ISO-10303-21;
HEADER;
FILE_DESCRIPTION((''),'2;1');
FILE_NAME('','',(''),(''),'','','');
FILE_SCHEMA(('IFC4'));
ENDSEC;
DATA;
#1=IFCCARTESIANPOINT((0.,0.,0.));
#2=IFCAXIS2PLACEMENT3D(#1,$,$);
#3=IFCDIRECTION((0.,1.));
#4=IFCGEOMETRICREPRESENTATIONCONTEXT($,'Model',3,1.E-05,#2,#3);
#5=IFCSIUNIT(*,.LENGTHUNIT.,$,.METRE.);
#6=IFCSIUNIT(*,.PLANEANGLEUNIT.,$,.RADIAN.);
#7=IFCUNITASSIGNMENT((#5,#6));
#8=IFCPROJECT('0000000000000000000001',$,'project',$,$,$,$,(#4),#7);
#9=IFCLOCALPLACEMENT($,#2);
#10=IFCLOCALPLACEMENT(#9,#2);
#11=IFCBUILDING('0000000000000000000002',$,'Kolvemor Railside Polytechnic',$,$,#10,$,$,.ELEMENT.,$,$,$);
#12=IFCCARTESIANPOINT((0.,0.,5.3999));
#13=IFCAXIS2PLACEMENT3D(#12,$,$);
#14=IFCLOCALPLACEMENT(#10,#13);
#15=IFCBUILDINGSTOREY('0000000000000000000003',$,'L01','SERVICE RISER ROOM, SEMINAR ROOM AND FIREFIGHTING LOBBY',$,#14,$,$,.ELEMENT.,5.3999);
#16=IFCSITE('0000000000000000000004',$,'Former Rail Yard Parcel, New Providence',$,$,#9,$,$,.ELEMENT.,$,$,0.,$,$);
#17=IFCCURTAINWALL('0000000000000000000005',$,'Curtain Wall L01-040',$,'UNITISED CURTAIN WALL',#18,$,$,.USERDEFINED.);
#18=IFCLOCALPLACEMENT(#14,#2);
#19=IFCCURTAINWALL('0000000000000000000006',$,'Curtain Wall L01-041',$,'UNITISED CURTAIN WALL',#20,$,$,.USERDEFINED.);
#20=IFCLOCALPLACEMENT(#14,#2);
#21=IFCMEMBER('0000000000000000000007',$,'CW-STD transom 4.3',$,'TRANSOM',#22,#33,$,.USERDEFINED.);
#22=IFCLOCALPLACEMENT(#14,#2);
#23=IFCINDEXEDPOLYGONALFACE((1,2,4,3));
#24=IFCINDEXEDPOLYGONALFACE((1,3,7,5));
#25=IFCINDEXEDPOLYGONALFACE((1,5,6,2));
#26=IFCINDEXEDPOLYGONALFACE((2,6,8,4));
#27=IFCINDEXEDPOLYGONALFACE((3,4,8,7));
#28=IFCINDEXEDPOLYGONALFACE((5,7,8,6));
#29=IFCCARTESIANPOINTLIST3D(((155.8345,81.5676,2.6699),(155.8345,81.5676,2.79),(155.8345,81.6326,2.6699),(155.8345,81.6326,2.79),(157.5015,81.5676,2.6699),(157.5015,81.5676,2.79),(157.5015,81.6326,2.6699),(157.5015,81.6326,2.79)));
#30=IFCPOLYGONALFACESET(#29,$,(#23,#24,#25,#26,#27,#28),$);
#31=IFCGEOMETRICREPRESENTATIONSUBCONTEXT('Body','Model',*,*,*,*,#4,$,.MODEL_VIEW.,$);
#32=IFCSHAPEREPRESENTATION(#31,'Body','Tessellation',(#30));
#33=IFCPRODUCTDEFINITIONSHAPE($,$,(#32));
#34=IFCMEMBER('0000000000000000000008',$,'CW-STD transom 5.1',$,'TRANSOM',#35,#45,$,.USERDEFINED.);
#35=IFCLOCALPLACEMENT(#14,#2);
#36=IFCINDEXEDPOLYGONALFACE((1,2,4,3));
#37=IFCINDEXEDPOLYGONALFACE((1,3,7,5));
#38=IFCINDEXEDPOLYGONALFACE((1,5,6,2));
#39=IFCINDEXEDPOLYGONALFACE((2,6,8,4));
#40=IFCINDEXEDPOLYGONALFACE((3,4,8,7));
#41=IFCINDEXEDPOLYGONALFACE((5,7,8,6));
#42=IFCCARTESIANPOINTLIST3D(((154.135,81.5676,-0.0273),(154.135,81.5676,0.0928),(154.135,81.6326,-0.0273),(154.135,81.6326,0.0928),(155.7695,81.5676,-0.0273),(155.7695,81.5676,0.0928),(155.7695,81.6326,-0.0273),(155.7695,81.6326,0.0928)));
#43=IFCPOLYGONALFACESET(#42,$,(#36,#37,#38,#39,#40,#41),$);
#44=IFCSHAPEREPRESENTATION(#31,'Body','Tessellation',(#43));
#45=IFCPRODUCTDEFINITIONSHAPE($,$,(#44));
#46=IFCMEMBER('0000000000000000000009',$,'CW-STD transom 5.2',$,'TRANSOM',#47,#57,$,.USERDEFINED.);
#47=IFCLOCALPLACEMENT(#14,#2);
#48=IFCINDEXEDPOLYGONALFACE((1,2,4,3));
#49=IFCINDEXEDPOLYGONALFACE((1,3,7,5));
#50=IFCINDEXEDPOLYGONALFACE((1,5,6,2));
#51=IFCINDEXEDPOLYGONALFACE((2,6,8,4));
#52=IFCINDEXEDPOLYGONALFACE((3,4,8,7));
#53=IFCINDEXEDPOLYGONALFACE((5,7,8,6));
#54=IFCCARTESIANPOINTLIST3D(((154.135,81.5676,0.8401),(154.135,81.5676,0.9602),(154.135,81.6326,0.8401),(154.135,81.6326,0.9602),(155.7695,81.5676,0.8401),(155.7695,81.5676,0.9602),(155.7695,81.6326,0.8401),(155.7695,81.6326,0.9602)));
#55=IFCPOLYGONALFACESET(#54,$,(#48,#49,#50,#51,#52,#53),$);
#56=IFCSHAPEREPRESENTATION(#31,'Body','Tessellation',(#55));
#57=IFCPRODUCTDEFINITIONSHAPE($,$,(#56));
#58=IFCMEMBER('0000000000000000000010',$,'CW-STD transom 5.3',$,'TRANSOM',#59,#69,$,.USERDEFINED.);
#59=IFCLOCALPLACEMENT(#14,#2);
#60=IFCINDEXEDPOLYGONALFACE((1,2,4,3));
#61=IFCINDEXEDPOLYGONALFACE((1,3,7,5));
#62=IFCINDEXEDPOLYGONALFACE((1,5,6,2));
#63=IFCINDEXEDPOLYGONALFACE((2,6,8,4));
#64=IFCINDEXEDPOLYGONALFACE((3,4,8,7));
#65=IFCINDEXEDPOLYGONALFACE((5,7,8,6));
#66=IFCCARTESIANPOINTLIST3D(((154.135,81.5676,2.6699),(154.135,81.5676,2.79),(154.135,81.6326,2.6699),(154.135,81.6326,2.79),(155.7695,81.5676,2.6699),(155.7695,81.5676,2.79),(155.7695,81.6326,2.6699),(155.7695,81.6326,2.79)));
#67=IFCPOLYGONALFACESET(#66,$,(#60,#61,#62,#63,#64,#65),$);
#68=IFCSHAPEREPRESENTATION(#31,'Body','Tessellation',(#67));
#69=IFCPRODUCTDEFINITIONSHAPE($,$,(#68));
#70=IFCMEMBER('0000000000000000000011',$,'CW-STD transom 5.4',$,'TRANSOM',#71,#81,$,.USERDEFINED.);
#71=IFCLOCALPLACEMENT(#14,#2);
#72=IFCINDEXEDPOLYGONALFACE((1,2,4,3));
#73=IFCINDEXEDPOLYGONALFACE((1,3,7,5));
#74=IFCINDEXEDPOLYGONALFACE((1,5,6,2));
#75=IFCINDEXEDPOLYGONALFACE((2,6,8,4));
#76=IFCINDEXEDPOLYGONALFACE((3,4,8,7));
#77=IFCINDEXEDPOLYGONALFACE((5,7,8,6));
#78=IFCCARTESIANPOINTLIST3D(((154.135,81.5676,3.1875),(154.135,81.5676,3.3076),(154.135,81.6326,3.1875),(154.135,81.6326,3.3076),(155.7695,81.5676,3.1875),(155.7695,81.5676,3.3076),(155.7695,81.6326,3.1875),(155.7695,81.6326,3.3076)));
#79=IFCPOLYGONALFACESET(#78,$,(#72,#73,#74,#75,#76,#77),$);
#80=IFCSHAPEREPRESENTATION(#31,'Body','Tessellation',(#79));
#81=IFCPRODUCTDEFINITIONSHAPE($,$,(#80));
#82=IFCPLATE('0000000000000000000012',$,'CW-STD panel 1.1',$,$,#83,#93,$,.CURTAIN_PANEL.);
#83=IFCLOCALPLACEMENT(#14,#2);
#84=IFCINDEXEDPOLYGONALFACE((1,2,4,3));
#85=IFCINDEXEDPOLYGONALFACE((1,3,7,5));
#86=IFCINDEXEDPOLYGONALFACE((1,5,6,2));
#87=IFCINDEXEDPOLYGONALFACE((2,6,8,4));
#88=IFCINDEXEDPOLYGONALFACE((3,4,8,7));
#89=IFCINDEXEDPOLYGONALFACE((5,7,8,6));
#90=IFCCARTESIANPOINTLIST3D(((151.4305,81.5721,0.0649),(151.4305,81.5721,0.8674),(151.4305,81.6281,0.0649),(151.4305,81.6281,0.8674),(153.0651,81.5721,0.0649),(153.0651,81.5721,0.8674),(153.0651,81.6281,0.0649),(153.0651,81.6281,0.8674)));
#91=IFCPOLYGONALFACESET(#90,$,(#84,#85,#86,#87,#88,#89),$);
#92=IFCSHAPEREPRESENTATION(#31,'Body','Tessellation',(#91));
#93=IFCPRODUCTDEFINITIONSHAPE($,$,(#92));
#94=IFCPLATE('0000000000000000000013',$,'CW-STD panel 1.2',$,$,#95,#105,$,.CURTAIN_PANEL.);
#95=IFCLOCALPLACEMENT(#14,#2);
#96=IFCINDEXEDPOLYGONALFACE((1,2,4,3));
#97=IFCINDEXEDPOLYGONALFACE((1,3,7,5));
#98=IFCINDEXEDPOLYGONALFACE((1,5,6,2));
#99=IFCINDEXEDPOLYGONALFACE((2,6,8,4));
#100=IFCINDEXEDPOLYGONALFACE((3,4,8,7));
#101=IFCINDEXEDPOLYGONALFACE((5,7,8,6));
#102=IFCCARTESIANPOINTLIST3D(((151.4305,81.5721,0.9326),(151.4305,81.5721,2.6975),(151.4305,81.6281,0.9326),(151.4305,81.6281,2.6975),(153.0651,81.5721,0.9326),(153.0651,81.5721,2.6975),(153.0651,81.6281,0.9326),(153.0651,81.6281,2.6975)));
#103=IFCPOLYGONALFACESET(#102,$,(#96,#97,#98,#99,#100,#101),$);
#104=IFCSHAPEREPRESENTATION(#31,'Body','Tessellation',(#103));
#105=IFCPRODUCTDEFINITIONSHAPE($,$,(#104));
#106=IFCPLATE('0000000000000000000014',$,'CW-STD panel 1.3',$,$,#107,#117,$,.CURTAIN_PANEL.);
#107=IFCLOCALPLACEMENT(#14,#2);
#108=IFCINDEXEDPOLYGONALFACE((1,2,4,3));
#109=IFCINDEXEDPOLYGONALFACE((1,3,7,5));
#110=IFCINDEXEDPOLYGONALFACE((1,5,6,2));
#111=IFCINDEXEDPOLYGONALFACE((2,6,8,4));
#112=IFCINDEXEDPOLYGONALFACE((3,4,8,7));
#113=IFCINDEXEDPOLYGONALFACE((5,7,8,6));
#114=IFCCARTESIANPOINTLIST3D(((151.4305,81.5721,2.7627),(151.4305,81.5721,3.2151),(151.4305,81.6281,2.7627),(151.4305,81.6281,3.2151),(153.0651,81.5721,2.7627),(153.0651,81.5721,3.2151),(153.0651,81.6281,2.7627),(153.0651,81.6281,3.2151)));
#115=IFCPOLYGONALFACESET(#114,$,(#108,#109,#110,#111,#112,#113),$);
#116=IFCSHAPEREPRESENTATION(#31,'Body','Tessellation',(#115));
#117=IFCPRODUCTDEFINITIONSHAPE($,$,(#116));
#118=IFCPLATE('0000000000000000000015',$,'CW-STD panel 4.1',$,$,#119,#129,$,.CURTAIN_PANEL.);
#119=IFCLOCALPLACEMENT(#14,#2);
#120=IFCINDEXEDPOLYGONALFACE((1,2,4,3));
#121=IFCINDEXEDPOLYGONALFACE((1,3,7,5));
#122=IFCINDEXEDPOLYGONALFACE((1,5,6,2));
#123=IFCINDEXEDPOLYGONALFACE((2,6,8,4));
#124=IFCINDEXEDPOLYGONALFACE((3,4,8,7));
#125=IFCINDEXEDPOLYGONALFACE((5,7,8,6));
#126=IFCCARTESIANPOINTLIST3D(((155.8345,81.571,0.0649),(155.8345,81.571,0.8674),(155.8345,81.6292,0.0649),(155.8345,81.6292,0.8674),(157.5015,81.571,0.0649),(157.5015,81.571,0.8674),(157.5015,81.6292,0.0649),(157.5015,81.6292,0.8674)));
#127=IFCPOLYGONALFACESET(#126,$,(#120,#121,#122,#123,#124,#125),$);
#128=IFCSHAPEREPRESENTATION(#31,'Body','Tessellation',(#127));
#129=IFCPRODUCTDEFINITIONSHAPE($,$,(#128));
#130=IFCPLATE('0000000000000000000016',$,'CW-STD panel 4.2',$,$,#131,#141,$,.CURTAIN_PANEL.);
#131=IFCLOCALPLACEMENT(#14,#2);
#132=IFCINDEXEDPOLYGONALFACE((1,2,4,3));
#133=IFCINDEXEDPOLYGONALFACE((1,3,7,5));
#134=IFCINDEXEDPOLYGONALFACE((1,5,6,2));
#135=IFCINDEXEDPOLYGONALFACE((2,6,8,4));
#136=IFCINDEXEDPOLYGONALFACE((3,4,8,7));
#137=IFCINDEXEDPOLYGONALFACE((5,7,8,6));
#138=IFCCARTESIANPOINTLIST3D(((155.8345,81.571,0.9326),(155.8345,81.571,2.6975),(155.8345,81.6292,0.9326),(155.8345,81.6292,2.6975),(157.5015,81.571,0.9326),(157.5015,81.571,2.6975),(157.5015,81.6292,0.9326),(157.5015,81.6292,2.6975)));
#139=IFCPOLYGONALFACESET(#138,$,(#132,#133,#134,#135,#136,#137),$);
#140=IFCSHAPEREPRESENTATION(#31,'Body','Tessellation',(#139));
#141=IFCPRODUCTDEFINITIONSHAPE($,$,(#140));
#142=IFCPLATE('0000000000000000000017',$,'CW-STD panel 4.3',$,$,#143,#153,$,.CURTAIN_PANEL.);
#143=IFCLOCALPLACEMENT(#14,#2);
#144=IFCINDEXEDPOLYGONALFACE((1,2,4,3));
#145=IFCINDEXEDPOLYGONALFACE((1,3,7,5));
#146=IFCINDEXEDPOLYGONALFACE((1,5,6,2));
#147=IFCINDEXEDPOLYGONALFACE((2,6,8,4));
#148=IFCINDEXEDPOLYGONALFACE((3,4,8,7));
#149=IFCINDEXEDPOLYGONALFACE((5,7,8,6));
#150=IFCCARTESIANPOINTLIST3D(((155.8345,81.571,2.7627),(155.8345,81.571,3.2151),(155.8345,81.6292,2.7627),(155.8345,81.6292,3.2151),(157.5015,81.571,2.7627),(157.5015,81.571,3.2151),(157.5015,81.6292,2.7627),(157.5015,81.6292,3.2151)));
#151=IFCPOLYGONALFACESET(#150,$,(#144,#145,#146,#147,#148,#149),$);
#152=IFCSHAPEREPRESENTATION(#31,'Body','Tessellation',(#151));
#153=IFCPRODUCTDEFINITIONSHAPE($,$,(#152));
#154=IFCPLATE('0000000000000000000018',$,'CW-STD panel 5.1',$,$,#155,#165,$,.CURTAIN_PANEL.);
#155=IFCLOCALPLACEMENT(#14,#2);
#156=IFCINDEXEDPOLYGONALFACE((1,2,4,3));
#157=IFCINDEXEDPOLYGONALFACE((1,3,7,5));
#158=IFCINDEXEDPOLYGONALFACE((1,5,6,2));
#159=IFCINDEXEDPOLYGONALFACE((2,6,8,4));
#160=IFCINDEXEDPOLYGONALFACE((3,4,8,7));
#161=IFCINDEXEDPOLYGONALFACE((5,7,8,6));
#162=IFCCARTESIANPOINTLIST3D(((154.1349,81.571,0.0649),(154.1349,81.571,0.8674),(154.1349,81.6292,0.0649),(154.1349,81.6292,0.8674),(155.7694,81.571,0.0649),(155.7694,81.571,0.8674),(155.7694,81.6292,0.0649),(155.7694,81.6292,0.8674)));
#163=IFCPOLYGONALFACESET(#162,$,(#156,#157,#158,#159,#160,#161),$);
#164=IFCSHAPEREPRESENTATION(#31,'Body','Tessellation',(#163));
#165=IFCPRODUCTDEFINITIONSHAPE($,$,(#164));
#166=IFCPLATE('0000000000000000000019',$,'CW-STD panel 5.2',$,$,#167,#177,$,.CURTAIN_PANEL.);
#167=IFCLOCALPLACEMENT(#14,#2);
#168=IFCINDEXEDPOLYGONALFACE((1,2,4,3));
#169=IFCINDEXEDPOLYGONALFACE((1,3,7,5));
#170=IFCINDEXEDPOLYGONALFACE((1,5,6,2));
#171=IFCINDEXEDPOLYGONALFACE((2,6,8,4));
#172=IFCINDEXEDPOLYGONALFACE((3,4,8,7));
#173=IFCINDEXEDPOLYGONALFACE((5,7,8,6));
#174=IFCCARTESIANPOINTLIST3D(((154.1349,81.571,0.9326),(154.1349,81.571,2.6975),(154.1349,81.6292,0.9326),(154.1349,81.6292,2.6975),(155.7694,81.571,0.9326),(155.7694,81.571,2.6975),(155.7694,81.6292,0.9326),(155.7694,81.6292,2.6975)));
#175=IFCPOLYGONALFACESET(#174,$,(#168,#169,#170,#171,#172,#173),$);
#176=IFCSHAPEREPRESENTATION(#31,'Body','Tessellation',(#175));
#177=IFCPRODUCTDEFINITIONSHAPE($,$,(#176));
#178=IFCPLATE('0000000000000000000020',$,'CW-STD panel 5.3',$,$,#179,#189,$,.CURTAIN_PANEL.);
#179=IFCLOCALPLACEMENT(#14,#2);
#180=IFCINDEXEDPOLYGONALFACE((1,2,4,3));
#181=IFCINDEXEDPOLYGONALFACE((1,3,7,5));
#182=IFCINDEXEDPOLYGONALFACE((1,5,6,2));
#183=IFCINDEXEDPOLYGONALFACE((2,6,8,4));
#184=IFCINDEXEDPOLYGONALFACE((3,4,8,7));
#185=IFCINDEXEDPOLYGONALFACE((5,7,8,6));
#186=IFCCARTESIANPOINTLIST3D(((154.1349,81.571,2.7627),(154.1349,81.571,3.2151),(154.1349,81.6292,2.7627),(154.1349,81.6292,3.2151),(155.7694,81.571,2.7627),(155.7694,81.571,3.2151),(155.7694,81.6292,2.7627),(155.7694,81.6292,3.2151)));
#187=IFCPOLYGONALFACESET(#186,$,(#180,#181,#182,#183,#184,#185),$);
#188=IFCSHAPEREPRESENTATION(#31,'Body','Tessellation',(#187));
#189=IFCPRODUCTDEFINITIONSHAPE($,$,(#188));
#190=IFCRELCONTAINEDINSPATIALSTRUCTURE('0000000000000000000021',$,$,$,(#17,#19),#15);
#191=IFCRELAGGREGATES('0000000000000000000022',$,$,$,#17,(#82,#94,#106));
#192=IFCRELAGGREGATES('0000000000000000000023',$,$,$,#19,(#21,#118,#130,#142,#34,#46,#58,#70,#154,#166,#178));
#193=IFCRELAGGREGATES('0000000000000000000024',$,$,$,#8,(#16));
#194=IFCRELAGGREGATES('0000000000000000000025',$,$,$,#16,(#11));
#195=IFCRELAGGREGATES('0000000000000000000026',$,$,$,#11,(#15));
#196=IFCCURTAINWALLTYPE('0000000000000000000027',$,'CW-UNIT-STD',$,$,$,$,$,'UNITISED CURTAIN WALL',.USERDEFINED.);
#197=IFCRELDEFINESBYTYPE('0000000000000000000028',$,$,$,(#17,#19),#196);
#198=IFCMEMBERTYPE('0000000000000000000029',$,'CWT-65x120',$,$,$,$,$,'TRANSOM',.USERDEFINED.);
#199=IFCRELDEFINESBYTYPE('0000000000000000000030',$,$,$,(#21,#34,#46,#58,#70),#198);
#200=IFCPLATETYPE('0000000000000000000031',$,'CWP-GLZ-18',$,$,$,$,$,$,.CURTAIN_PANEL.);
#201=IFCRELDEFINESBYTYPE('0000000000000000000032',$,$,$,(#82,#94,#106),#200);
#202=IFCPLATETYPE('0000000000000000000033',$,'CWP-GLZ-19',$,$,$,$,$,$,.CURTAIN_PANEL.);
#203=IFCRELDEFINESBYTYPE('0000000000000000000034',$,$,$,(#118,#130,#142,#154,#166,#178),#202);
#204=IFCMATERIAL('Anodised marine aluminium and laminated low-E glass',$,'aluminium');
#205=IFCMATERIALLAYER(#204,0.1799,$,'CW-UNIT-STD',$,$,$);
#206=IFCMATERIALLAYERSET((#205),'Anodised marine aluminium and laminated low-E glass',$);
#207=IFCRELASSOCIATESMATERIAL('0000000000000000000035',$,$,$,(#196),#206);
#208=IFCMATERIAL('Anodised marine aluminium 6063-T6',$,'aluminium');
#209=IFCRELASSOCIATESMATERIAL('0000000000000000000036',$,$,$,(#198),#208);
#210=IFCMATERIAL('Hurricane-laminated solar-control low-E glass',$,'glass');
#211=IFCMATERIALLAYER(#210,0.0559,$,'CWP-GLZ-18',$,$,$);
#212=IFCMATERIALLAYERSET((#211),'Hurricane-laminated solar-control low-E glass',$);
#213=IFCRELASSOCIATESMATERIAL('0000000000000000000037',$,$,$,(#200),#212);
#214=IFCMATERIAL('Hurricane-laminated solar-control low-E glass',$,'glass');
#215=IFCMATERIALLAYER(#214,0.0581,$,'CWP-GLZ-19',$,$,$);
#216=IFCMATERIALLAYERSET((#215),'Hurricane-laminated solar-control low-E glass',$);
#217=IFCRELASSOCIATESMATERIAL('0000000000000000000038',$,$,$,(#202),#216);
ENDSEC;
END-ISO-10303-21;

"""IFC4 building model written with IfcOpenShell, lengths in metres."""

from ifc_helpers import new_model, si_unit, direction, frame, origin, origin_2d, place, context, subcontext, project, spatial, rectangle, extrude, material, layer, layer_set, material_profile, profile_set, type_object, element, aggregate, save


model = new_model("IFC4")

# Units and contexts
model_context = context("Model", 3, precision=1e-05, world=origin(), true_north=direction((0.0, 1.0)))
body_context = subcontext(model_context, "Body", "Model", "MODEL_VIEW")
ifc_project = project(units=[si_unit("LENGTHUNIT", "METRE"), si_unit("PLANEANGLEUNIT", "RADIAN")], contexts=[model_context])

# Site, building, storey
site_placement = place(None, origin())
site = spatial("IfcSite", under=ifc_project, at=site_placement, Name="Former Rail Yard Parcel, New Providence", CompositionType="ELEMENT", RefElevation=0.0)
building_placement = place(site_placement, origin())
building = spatial("IfcBuilding", under=site, at=building_placement, Name="Kolvemor Railside Polytechnic", CompositionType="ELEMENT")
storey_placement = place(building_placement, frame((0.0, 0.0, 5.3999)))
storey = spatial("IfcBuildingStorey", under=building, at=storey_placement, Name="L01", Description="SERVICE RISER ROOM, SEMINAR ROOM AND FIREFIGHTING LOBBY", CompositionType="ELEMENT", Elevation=5.3999)

# Curtain walls
ifc_material_1 = material(Name="Anodised marine aluminium and laminated low-E glass", Category="aluminium")
ifc_layer_1 = layer(ifc_material_1, 0.1799, Name="CW-UNIT-STD")
ifc_layer_set_1 = layer_set([ifc_layer_1], Name="Anodised marine aluminium and laminated low-E glass")
curtain_wall_type = type_object("IfcCurtainWallType", Name="CW-UNIT-STD", ElementType="UNITISED CURTAIN WALL", PredefinedType="USERDEFINED", material=ifc_layer_set_1)
curtain_wall_1_placement = place(storey_placement, origin())
curtain_wall_1 = element("IfcCurtainWall", 1, at=curtain_wall_1_placement, inside=storey, type_object=curtain_wall_type, Name="Curtain Wall L01-040", ObjectType="UNITISED CURTAIN WALL", PredefinedType="USERDEFINED")
curtain_wall_2_placement = place(storey_placement, origin())
curtain_wall_2 = element("IfcCurtainWall", 2, at=curtain_wall_2_placement, inside=storey, type_object=curtain_wall_type, Name="Curtain Wall L01-041", ObjectType="UNITISED CURTAIN WALL", PredefinedType="USERDEFINED")

# Members
ifc_material_2 = material(Name="Anodised marine aluminium 6063-T6", Category="aluminium")
ifc_material_profile_1 = material_profile(ifc_material_2, rectangle(XDim=0.0649, YDim=0.1201, at=origin_2d()), Name="CW-TRN-65x120")
ifc_profile_set_1 = profile_set([ifc_material_profile_1], Name="Anodised marine aluminium 6063-T6")
member_type_1 = type_object("IfcMemberType", Name="CWT-65x120", ElementType="TRANSOM", PredefinedType="USERDEFINED", material=ifc_profile_set_1)
member_1_placement = place(storey_placement, frame((157.5015, 81.6001, 2.73), z_axis=(-1.0, 0.0, 0.0), x_axis=(0.0, -1.0, 0.0)))
member_1 = element("IfcMember", 3, at=member_1_placement, type_object=member_type_1, Name="CW-STD transom 4.3", ObjectType="TRANSOM", PredefinedType="USERDEFINED", context=body_context, shape_type="SweptSolid", body=[
    extrude(rectangle(XDim=0.0649, YDim=0.1201, at=origin_2d()), origin(), (0.0, 0.0, 1.0), 1.667),
])
member_2_placement = place(storey_placement, frame((155.7695, 81.6001, 0.0327), z_axis=(-1.0, 0.0, 0.0), x_axis=(0.0, -1.0, 0.0)))
member_2 = element("IfcMember", 4, at=member_2_placement, type_object=member_type_1, Name="CW-STD transom 5.1", ObjectType="TRANSOM", PredefinedType="USERDEFINED", context=body_context, shape_type="SweptSolid", body=[
    extrude(rectangle(XDim=0.0649, YDim=0.1201, at=origin_2d()), origin(), (0.0, 0.0, 1.0), 1.6345),
])
member_3_placement = place(storey_placement, frame((155.7695, 81.6001, 0.9001), z_axis=(-1.0, 0.0, 0.0), x_axis=(0.0, -1.0, 0.0)))
member_3 = element("IfcMember", 5, at=member_3_placement, type_object=member_type_1, Name="CW-STD transom 5.2", ObjectType="TRANSOM", PredefinedType="USERDEFINED", context=body_context, shape_type="SweptSolid", body=[
    extrude(rectangle(XDim=0.0649, YDim=0.1201, at=origin_2d()), origin(), (0.0, 0.0, 1.0), 1.6345),
])
member_4_placement = place(storey_placement, frame((155.7695, 81.6001, 2.73), z_axis=(-1.0, 0.0, 0.0), x_axis=(0.0, -1.0, 0.0)))
member_4 = element("IfcMember", 6, at=member_4_placement, type_object=member_type_1, Name="CW-STD transom 5.3", ObjectType="TRANSOM", PredefinedType="USERDEFINED", context=body_context, shape_type="SweptSolid", body=[
    extrude(rectangle(XDim=0.0649, YDim=0.1201, at=origin_2d()), origin(), (0.0, 0.0, 1.0), 1.6345),
])
member_5_placement = place(storey_placement, frame((155.7695, 81.6001, 3.2476), z_axis=(-1.0, 0.0, 0.0), x_axis=(0.0, -1.0, 0.0)))
member_5 = element("IfcMember", 7, at=member_5_placement, type_object=member_type_1, Name="CW-STD transom 5.4", ObjectType="TRANSOM", PredefinedType="USERDEFINED", context=body_context, shape_type="SweptSolid", body=[
    extrude(rectangle(XDim=0.0649, YDim=0.1201, at=origin_2d()), origin(), (0.0, 0.0, 1.0), 1.6345),
])

# Plates
ifc_material_3 = material(Name="Hurricane-laminated solar-control low-E glass", Category="glass")
ifc_layer_2 = layer(ifc_material_3, 0.0559, Name="CWP-GLZ-18")
ifc_layer_set_2 = layer_set([ifc_layer_2], Name="Hurricane-laminated solar-control low-E glass")
plate_type_1 = type_object("IfcPlateType", Name="CWP-GLZ-18", PredefinedType="CURTAIN_PANEL", material=ifc_layer_set_2)
plate_1_placement = place(storey_placement, frame((152.2478, 81.6001, 0.0649), z_axis=(0.0, 0.0, 1.0), x_axis=(-1.0, 0.0, 0.0)))
plate_1 = element("IfcPlate", 8, at=plate_1_placement, type_object=plate_type_1, Name="CW-STD panel 1.1", PredefinedType="CURTAIN_PANEL", context=body_context, shape_type="SweptSolid", body=[
    extrude(rectangle(XDim=1.6345, YDim=0.0559, at=origin_2d()), origin(), (0.0, 0.0, 1.0), 0.8025),
])
plate_2_placement = place(storey_placement, frame((152.2478, 81.6001, 0.9326), z_axis=(0.0, 0.0, 1.0), x_axis=(-1.0, 0.0, 0.0)))
plate_2 = element("IfcPlate", 9, at=plate_2_placement, type_object=plate_type_1, Name="CW-STD panel 1.2", PredefinedType="CURTAIN_PANEL", context=body_context, shape_type="SweptSolid", body=[
    extrude(rectangle(XDim=1.6345, YDim=0.0559, at=origin_2d()), origin(), (0.0, 0.0, 1.0), 1.7649),
])
plate_3_placement = place(storey_placement, frame((152.2478, 81.6001, 2.7627), z_axis=(0.0, 0.0, 1.0), x_axis=(-1.0, 0.0, 0.0)))
plate_3 = element("IfcPlate", 10, at=plate_3_placement, type_object=plate_type_1, Name="CW-STD panel 1.3", PredefinedType="CURTAIN_PANEL", context=body_context, shape_type="SweptSolid", body=[
    extrude(rectangle(XDim=1.6345, YDim=0.0559, at=origin_2d()), origin(), (0.0, 0.0, 1.0), 0.4524),
])
aggregate(curtain_wall_1, [plate_1, plate_2, plate_3])
ifc_material_4 = material(Name="Hurricane-laminated solar-control low-E glass", Category="glass")
ifc_layer_3 = layer(ifc_material_4, 0.0581, Name="CWP-GLZ-19")
ifc_layer_set_3 = layer_set([ifc_layer_3], Name="Hurricane-laminated solar-control low-E glass")
plate_type_2 = type_object("IfcPlateType", Name="CWP-GLZ-19", PredefinedType="CURTAIN_PANEL", material=ifc_layer_set_3)
plate_4_placement = place(storey_placement, frame((156.668, 81.6001, 0.0649), z_axis=(0.0, 0.0, 1.0), x_axis=(-1.0, 0.0, 0.0)))
plate_4 = element("IfcPlate", 11, at=plate_4_placement, type_object=plate_type_2, Name="CW-STD panel 4.1", PredefinedType="CURTAIN_PANEL", context=body_context, shape_type="SweptSolid", body=[
    extrude(rectangle(XDim=1.667, YDim=0.0581, at=origin_2d()), origin(), (0.0, 0.0, 1.0), 0.8025),
])
plate_5_placement = place(storey_placement, frame((156.668, 81.6001, 0.9326), z_axis=(0.0, 0.0, 1.0), x_axis=(-1.0, 0.0, 0.0)))
plate_5 = element("IfcPlate", 12, at=plate_5_placement, type_object=plate_type_2, Name="CW-STD panel 4.2", PredefinedType="CURTAIN_PANEL", context=body_context, shape_type="SweptSolid", body=[
    extrude(rectangle(XDim=1.667, YDim=0.0581, at=origin_2d()), origin(), (0.0, 0.0, 1.0), 1.7649),
])
plate_6_placement = place(storey_placement, frame((156.668, 81.6001, 2.7627), z_axis=(0.0, 0.0, 1.0), x_axis=(-1.0, 0.0, 0.0)))
plate_6 = element("IfcPlate", 13, at=plate_6_placement, type_object=plate_type_2, Name="CW-STD panel 4.3", PredefinedType="CURTAIN_PANEL", context=body_context, shape_type="SweptSolid", body=[
    extrude(rectangle(XDim=1.667, YDim=0.0581, at=origin_2d()), origin(), (0.0, 0.0, 1.0), 0.4524),
])
plate_7_placement = place(storey_placement, frame((154.9521, 81.6001, 0.0649), z_axis=(0.0, 0.0, 1.0), x_axis=(-1.0, 0.0, 0.0)))
plate_7 = element("IfcPlate", 14, at=plate_7_placement, type_object=plate_type_2, Name="CW-STD panel 5.1", PredefinedType="CURTAIN_PANEL", context=body_context, shape_type="SweptSolid", body=[
    extrude(rectangle(XDim=1.6345, YDim=0.0581, at=origin_2d()), origin(), (0.0, 0.0, 1.0), 0.8025),
])
plate_8_placement = place(storey_placement, frame((154.9521, 81.6001, 0.9326), z_axis=(0.0, 0.0, 1.0), x_axis=(-1.0, 0.0, 0.0)))
plate_8 = element("IfcPlate", 15, at=plate_8_placement, type_object=plate_type_2, Name="CW-STD panel 5.2", PredefinedType="CURTAIN_PANEL", context=body_context, shape_type="SweptSolid", body=[
    extrude(rectangle(XDim=1.6345, YDim=0.0581, at=origin_2d()), origin(), (0.0, 0.0, 1.0), 1.7649),
])
plate_9_placement = place(storey_placement, frame((154.9521, 81.6001, 2.7627), z_axis=(0.0, 0.0, 1.0), x_axis=(-1.0, 0.0, 0.0)))
plate_9 = element("IfcPlate", 16, at=plate_9_placement, type_object=plate_type_2, Name="CW-STD panel 5.3", PredefinedType="CURTAIN_PANEL", context=body_context, shape_type="SweptSolid", body=[
    extrude(rectangle(XDim=1.6345, YDim=0.0581, at=origin_2d()), origin(), (0.0, 0.0, 1.0), 0.4524),
])
aggregate(curtain_wall_2, [member_1, plate_4, plate_5, plate_6, member_2, member_3, member_4, member_5, plate_7, plate_8, plate_9])

save(model, "model.ifc")
